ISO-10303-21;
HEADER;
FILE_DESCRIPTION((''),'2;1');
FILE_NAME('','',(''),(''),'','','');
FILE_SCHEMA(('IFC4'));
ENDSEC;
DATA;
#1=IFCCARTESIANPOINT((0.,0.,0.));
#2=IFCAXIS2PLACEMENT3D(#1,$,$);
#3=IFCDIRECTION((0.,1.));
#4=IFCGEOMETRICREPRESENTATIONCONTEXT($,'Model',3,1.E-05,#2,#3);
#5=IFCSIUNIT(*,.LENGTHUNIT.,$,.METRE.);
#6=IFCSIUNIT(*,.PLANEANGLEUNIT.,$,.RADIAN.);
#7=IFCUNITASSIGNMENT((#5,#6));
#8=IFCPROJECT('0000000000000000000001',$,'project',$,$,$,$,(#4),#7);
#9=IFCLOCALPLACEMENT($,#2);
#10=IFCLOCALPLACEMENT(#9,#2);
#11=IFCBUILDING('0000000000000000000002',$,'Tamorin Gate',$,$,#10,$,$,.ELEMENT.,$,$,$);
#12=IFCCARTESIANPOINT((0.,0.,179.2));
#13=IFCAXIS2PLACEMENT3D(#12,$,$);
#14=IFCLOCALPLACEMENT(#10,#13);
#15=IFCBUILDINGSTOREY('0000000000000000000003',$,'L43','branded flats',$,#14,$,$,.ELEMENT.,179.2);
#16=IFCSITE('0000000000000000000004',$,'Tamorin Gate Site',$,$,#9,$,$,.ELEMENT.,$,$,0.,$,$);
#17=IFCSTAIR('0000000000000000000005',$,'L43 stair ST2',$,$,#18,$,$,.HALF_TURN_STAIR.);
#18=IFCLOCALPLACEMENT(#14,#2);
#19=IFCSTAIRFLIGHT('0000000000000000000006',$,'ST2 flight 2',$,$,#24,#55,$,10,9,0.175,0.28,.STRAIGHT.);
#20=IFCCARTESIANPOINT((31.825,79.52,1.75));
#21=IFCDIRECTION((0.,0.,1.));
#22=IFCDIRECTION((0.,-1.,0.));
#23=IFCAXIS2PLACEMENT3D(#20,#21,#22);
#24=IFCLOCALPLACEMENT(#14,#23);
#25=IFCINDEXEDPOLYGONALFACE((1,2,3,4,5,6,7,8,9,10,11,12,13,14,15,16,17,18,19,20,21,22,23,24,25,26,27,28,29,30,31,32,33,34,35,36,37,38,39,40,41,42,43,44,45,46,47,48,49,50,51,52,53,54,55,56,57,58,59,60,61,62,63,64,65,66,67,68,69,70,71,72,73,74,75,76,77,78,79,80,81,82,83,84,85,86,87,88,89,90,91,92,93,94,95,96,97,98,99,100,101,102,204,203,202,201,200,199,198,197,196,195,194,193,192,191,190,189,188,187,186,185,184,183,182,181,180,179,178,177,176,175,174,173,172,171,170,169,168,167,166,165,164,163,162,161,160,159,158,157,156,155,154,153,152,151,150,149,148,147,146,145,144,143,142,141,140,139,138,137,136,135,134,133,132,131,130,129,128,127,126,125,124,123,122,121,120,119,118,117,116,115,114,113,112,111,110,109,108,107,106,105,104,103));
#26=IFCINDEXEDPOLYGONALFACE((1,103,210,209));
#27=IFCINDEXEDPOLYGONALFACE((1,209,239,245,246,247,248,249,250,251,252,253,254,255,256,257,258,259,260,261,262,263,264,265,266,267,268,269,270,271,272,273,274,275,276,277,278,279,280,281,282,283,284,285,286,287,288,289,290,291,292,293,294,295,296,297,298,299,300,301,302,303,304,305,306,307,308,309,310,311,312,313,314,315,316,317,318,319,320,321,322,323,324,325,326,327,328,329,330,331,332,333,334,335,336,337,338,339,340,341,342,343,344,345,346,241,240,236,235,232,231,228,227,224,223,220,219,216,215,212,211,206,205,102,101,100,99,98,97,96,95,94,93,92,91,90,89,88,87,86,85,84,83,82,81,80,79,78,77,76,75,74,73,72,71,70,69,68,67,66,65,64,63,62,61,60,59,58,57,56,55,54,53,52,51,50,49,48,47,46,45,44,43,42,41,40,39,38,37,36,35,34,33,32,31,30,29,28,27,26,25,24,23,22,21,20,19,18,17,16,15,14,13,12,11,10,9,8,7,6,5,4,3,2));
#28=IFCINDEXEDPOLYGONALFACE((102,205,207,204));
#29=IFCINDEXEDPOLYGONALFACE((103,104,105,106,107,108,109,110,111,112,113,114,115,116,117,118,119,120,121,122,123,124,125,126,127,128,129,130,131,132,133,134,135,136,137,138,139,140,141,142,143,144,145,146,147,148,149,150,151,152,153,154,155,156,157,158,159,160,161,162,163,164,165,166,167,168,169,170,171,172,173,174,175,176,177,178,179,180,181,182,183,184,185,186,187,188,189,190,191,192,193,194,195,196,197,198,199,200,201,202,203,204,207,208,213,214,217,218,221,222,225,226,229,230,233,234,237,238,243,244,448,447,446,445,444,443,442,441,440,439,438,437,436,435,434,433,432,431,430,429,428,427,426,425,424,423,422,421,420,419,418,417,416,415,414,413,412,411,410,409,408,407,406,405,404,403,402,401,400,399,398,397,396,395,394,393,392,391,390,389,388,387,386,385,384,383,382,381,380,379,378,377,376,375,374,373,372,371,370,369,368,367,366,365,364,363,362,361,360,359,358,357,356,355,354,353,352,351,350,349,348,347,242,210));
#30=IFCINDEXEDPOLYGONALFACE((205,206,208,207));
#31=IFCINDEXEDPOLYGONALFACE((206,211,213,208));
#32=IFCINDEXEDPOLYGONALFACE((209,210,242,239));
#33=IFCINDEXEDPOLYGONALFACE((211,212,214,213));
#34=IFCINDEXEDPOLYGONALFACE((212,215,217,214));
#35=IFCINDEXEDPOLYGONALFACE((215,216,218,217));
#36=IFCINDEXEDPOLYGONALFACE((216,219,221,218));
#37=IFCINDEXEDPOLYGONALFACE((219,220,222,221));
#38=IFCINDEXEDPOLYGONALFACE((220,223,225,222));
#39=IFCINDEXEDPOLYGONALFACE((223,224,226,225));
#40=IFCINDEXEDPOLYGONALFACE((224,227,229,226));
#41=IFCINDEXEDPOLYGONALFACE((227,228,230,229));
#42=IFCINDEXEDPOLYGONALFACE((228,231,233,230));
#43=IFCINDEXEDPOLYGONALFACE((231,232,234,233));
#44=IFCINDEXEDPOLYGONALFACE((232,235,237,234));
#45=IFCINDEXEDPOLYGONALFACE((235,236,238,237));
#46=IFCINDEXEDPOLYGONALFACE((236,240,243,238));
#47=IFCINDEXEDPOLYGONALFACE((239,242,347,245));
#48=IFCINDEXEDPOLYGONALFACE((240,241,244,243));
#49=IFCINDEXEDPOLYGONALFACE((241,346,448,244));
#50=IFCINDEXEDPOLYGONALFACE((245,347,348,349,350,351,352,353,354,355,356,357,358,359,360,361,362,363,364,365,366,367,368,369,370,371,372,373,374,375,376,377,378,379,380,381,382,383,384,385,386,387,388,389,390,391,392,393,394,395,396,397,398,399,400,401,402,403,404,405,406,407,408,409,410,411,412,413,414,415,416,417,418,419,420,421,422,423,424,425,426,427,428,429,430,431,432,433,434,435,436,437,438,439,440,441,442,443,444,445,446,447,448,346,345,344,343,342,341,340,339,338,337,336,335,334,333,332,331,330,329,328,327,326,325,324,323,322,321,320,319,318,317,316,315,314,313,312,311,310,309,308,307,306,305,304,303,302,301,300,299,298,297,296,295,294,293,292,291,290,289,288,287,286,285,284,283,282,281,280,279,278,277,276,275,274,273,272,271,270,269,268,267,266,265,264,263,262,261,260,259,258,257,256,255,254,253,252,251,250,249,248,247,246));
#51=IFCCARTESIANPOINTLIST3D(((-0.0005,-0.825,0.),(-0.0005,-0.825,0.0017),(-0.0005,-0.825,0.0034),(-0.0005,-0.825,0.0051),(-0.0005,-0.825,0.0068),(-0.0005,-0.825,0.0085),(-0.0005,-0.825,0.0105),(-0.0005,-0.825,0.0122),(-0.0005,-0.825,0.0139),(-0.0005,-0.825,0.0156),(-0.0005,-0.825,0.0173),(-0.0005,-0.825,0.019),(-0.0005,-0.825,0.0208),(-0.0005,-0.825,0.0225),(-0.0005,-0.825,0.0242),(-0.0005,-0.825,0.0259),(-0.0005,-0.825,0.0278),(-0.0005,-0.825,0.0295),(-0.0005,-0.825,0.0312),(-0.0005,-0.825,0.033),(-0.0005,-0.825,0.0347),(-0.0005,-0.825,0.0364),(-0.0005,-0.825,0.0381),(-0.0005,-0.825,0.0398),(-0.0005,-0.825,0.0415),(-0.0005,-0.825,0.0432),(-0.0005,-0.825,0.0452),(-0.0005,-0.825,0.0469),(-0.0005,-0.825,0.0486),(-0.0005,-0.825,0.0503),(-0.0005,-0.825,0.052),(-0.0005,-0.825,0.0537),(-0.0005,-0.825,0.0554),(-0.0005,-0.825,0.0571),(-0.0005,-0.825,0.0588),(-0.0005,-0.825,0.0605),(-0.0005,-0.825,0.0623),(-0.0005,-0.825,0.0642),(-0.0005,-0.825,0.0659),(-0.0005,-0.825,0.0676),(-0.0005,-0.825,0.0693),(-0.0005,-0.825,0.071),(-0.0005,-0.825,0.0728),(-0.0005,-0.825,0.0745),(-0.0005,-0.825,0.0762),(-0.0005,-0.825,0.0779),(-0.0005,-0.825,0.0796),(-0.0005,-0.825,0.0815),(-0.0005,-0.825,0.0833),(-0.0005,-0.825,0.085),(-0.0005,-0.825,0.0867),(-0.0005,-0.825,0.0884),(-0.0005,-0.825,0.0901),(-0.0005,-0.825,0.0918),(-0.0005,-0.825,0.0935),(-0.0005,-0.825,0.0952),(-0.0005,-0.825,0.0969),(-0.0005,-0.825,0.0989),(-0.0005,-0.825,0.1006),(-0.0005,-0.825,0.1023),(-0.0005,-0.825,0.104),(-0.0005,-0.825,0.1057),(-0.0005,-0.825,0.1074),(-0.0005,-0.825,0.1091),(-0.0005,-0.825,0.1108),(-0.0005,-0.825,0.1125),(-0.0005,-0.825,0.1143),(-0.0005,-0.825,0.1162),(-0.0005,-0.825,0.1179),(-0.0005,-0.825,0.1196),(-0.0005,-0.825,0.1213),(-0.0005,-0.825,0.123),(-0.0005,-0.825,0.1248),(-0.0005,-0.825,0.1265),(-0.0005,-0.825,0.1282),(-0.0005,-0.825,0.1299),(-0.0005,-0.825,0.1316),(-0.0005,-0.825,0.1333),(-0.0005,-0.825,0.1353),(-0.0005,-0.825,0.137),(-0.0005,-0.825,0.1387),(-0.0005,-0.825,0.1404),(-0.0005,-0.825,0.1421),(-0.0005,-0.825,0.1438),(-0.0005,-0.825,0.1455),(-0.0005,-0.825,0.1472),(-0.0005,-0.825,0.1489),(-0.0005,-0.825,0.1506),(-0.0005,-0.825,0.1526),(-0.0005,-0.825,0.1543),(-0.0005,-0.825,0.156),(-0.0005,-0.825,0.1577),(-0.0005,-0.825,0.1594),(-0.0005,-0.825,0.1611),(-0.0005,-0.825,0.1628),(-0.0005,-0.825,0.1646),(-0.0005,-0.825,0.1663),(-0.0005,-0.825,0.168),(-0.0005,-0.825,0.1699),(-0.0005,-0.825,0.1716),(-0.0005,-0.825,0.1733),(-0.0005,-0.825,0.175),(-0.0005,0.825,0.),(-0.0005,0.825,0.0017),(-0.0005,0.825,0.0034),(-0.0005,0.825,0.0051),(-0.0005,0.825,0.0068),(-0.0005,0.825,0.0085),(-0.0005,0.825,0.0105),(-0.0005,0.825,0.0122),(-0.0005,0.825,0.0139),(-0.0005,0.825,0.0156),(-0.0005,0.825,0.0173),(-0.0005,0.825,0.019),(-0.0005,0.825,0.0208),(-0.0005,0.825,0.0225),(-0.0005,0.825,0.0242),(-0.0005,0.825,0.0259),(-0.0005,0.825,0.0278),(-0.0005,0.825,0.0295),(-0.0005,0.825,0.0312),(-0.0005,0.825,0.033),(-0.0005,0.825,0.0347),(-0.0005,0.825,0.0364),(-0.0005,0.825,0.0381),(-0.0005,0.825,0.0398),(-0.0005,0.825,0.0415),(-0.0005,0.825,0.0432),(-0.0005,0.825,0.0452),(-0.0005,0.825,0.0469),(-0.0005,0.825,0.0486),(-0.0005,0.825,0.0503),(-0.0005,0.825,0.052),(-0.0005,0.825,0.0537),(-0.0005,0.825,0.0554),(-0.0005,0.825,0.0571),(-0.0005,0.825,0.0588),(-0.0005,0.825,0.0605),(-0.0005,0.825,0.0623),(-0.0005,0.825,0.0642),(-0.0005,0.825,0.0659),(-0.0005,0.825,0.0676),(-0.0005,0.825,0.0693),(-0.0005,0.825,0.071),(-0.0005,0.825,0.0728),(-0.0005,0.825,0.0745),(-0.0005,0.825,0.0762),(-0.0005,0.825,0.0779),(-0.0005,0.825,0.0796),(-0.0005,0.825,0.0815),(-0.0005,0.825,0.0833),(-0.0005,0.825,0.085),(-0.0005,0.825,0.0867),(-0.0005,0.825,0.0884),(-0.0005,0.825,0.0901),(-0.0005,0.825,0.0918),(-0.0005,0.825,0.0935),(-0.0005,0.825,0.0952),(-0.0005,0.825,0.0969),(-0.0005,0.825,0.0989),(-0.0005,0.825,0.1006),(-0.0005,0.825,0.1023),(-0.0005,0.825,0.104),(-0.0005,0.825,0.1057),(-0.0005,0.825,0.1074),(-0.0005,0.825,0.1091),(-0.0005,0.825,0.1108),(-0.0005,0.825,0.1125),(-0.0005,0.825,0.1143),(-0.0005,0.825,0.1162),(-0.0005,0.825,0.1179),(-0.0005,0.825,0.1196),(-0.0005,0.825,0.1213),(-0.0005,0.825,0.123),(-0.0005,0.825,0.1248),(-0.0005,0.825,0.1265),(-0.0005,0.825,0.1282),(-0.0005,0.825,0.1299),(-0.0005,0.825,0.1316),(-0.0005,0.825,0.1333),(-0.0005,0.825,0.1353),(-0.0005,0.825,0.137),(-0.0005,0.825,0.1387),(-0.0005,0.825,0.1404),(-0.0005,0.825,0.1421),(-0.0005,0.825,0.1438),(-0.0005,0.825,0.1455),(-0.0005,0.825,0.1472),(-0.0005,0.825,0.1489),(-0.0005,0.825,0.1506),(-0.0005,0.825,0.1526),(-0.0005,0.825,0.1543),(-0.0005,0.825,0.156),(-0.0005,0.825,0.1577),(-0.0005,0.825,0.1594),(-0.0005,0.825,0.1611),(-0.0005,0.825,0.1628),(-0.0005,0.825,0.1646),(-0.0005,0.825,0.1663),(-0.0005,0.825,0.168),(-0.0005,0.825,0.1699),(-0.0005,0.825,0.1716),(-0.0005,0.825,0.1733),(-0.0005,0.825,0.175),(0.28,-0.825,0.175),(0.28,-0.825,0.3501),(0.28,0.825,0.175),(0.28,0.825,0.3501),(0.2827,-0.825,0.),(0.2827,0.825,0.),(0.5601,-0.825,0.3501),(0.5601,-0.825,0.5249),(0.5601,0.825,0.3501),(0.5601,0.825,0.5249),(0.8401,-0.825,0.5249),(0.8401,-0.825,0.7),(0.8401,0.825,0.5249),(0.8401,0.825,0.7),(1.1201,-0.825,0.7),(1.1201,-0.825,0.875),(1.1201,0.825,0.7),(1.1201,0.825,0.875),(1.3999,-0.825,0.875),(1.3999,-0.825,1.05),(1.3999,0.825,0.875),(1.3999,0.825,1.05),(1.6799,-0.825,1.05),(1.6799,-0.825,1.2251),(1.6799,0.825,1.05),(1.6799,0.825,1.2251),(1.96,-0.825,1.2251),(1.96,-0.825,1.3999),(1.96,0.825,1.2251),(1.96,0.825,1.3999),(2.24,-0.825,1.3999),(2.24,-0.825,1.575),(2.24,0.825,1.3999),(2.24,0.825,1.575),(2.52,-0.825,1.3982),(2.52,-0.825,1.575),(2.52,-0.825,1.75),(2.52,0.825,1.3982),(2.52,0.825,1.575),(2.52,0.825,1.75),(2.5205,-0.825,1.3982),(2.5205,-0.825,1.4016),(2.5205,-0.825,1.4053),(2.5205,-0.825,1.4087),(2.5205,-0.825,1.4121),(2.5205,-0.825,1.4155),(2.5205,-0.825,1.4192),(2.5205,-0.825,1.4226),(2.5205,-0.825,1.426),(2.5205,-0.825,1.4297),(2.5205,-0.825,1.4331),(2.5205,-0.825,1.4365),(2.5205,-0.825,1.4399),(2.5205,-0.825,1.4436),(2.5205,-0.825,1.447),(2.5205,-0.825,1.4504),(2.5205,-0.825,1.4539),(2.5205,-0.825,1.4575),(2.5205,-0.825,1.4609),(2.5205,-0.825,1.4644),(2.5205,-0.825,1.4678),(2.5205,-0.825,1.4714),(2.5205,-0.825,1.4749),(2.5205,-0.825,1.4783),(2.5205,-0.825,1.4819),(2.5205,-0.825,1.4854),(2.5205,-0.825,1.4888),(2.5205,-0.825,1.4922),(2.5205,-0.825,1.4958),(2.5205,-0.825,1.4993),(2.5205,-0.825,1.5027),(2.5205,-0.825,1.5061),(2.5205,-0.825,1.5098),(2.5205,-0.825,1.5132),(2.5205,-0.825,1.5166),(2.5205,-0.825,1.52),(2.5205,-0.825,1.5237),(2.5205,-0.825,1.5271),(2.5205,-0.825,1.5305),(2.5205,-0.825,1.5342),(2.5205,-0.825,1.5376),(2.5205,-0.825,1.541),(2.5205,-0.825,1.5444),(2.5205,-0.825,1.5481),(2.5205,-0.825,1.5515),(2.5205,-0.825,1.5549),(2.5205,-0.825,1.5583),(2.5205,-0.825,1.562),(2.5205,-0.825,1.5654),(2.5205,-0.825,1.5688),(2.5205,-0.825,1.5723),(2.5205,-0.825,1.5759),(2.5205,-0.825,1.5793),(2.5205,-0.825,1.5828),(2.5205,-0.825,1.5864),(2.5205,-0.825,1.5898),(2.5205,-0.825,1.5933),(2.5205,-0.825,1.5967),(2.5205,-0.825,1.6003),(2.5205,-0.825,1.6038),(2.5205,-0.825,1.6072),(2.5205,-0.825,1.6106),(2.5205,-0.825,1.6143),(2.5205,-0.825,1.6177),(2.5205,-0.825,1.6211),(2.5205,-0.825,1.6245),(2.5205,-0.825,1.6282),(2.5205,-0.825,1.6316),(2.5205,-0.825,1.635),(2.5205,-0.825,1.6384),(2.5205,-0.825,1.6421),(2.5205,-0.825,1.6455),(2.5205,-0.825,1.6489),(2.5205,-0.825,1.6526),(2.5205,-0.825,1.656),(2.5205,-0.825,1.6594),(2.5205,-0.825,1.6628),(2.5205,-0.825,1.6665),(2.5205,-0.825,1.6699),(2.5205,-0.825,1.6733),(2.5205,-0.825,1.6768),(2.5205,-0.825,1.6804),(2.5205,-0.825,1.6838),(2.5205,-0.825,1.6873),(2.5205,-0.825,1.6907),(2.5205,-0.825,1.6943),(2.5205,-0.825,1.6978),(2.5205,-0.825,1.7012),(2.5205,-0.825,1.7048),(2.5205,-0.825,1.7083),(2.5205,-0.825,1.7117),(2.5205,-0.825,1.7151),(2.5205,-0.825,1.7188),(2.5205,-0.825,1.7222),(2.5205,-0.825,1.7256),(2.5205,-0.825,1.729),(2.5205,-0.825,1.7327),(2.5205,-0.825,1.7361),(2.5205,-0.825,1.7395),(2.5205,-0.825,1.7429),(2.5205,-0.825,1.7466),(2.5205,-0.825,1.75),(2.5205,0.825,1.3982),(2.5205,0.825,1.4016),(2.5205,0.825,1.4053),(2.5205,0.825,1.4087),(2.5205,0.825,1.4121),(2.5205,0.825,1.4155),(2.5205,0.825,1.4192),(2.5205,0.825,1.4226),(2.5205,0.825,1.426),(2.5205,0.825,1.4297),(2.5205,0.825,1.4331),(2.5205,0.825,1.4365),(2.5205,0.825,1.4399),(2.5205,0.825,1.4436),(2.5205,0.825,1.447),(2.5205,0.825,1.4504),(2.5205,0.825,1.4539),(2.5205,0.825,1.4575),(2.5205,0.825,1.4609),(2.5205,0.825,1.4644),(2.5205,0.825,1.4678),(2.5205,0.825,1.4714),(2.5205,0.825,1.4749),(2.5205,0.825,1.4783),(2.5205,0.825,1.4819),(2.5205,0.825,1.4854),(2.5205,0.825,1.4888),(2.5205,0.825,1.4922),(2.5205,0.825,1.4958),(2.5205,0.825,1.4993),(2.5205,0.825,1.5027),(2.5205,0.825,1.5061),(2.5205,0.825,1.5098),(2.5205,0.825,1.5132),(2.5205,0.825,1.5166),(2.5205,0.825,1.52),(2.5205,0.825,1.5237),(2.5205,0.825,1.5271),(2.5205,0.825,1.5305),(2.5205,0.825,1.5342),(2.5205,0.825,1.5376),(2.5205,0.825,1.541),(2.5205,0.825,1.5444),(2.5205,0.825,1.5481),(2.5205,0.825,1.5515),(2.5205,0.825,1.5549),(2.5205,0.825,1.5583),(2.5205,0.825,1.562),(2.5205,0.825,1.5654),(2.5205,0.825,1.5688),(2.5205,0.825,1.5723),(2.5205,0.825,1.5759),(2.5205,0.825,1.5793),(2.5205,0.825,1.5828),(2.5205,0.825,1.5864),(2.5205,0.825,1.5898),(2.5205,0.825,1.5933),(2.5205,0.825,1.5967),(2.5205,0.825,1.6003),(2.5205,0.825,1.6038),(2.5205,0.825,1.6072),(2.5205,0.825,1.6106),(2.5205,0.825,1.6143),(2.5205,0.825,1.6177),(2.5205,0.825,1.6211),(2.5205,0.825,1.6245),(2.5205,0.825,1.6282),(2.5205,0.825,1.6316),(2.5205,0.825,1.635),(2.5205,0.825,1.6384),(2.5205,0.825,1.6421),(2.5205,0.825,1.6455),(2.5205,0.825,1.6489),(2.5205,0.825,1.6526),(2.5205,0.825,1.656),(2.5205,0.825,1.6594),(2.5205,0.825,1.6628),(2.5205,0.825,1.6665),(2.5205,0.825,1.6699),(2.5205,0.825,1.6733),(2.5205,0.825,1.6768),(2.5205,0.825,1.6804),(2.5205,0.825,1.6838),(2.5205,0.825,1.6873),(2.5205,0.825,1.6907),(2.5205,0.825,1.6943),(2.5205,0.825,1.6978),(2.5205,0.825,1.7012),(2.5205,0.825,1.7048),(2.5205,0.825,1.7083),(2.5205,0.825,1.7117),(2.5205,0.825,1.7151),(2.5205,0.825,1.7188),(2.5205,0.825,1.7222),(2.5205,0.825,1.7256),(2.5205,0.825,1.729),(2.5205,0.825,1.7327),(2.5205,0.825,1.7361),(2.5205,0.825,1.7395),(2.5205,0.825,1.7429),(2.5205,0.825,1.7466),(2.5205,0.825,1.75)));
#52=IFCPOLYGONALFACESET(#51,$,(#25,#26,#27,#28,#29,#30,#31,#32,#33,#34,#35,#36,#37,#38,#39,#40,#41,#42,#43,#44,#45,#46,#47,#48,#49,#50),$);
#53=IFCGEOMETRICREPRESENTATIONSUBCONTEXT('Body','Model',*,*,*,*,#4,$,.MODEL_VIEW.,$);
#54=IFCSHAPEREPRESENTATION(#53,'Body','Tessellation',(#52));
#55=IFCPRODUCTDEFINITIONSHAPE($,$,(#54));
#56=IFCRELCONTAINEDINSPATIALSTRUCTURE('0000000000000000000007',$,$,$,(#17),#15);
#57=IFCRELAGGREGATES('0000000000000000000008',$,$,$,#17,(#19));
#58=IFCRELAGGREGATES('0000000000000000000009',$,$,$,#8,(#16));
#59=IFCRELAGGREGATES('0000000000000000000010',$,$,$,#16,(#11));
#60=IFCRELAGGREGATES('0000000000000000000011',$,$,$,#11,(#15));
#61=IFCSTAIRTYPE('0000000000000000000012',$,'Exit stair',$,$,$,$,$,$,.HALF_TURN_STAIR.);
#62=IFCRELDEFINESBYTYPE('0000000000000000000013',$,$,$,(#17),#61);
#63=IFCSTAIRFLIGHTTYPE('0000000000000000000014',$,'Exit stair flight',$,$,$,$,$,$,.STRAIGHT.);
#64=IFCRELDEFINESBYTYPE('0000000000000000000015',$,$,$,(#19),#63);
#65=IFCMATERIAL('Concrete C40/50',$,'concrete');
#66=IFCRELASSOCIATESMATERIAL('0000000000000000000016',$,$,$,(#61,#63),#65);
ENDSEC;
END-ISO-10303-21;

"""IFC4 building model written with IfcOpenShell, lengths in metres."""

from ifc_helpers import new_model, si_unit, direction, frame, origin, place, context, subcontext, project, spatial, polyline, outline, extrude, material, type_object, element, aggregate, save


model = new_model("IFC4")

# Units and contexts
model_context = context("Model", 3, precision=1e-05, world=origin(), true_north=direction((0.0, 1.0)))
body_context = subcontext(model_context, "Body", "Model", "MODEL_VIEW")
ifc_project = project(units=[si_unit("LENGTHUNIT", "METRE"), si_unit("PLANEANGLEUNIT", "RADIAN")], contexts=[model_context])

# Site, building, storey
site_placement = place(None, origin())
site = spatial("IfcSite", under=ifc_project, at=site_placement, Name="Tamorin Gate Site", CompositionType="ELEMENT", RefElevation=0.0)
building_placement = place(site_placement, origin())
building = spatial("IfcBuilding", under=site, at=building_placement, Name="Tamorin Gate", CompositionType="ELEMENT")
storey_placement = place(building_placement, frame((0.0, 0.0, 179.2)))
storey = spatial("IfcBuildingStorey", under=building, at=storey_placement, Name="L43", Description="branded flats", CompositionType="ELEMENT", Elevation=179.2)

# Stair, stair flight
ifc_material_1 = material(Name="Concrete C40/50", Category="concrete")
stair_type = type_object("IfcStairType", Name="Exit stair", PredefinedType="HALF_TURN_STAIR", material=ifc_material_1)
stair_placement = place(storey_placement, origin())
stair = element("IfcStair", 1, at=stair_placement, inside=storey, type_object=stair_type, Name="L43 stair ST2", PredefinedType="HALF_TURN_STAIR")
stair_flight_type = type_object("IfcStairFlightType", Name="Exit stair flight", PredefinedType="STRAIGHT", material=ifc_material_1)
stair_flight_placement = place(storey_placement, frame((31.825, 79.52, 1.75), z_axis=(0.0, 0.0, 1.0), x_axis=(0.0, -1.0, 0.0)))
stair_flight = element("IfcStairFlight", 2, at=stair_flight_placement, type_object=stair_flight_type, Name="ST2 flight 2", NumberOfRisers=10, NumberOfTreads=9, PredefinedType="STRAIGHT", RiserHeight=0.175, TreadLength=0.28, context=body_context, shape_type="SweptSolid", body=[
    extrude(outline(polyline([(-0.0005, 0.0), (-0.0005, 0.0017), (-0.0005, 0.0034), (-0.0005, 0.0051), (-0.0005, 0.0068), (-0.0005, 0.0085), (-0.0005, 0.0105), (-0.0005, 0.0122), (-0.0005, 0.0139), (-0.0005, 0.0156), (-0.0005, 0.0173), (-0.0005, 0.019), (-0.0005, 0.0208), (-0.0005, 0.0225), (-0.0005, 0.0242), (-0.0005, 0.0259), (-0.0005, 0.0278), (-0.0005, 0.0295), (-0.0005, 0.0312), (-0.0005, 0.033), (-0.0005, 0.0347), (-0.0005, 0.0364), (-0.0005, 0.0381), (-0.0005, 0.0398), (-0.0005, 0.0415), (-0.0005, 0.0432), (-0.0005, 0.0452), (-0.0005, 0.0469), (-0.0005, 0.0486), (-0.0005, 0.0503), (-0.0005, 0.052), (-0.0005, 0.0537), (-0.0005, 0.0554), (-0.0005, 0.0571), (-0.0005, 0.0588), (-0.0005, 0.0605), (-0.0005, 0.0623), (-0.0005, 0.0642), (-0.0005, 0.0659), (-0.0005, 0.0676), (-0.0005, 0.0693), (-0.0005, 0.071), (-0.0005, 0.0728), (-0.0005, 0.0745), (-0.0005, 0.0762), (-0.0005, 0.0779), (-0.0005, 0.0796), (-0.0005, 0.0815), (-0.0005, 0.0833), (-0.0005, 0.085), (-0.0005, 0.0867), (-0.0005, 0.0884), (-0.0005, 0.0901), (-0.0005, 0.0918), (-0.0005, 0.0935), (-0.0005, 0.0952), (-0.0005, 0.0969), (-0.0005, 0.0989), (-0.0005, 0.1006), (-0.0005, 0.1023), (-0.0005, 0.104), (-0.0005, 0.1057), (-0.0005, 0.1074), (-0.0005, 0.1091), (-0.0005, 0.1108), (-0.0005, 0.1125), (-0.0005, 0.1143), (-0.0005, 0.1162), (-0.0005, 0.1179), (-0.0005, 0.1196), (-0.0005, 0.1213), (-0.0005, 0.123), (-0.0005, 0.1248), (-0.0005, 0.1265), (-0.0005, 0.1282), (-0.0005, 0.1299), (-0.0005, 0.1316), (-0.0005, 0.1333), (-0.0005, 0.1353), (-0.0005, 0.137), (-0.0005, 0.1387), (-0.0005, 0.1404), (-0.0005, 0.1421), (-0.0005, 0.1438), (-0.0005, 0.1455), (-0.0005, 0.1472), (-0.0005, 0.1489), (-0.0005, 0.1506), (-0.0005, 0.1526), (-0.0005, 0.1543), (-0.0005, 0.156), (-0.0005, 0.1577), (-0.0005, 0.1594), (-0.0005, 0.1611), (-0.0005, 0.1628), (-0.0005, 0.1646), (-0.0005, 0.1663), (-0.0005, 0.168), (-0.0005, 0.1699), (-0.0005, 0.1716), (-0.0005, 0.1733), (-0.0005, 0.175), (0.28, 0.175), (0.28, 0.3501), (0.5601, 0.3501), (0.5601, 0.5249), (0.8401, 0.5249), (0.8401, 0.7), (1.1201, 0.7), (1.1201, 0.875), (1.3999, 0.875), (1.3999, 1.05), (1.6799, 1.05), (1.6799, 1.2251), (1.96, 1.2251), (1.96, 1.3999), (2.24, 1.3999), (2.24, 1.575), (2.52, 1.575), (2.52, 1.75), (2.5205, 1.75), (2.5205, 1.7466), (2.5205, 1.7429), (2.5205, 1.7395), (2.5205, 1.7361), (2.5205, 1.7327), (2.5205, 1.729), (2.5205, 1.7256), (2.5205, 1.7222), (2.5205, 1.7188), (2.5205, 1.7151), (2.5205, 1.7117), (2.5205, 1.7083), (2.5205, 1.7048), (2.5205, 1.7012), (2.5205, 1.6978), (2.5205, 1.6943), (2.5205, 1.6907), (2.5205, 1.6873), (2.5205, 1.6838), (2.5205, 1.6804), (2.5205, 1.6768), (2.5205, 1.6733), (2.5205, 1.6699), (2.5205, 1.6665), (2.5205, 1.6628), (2.5205, 1.6594), (2.5205, 1.656), (2.5205, 1.6526), (2.5205, 1.6489), (2.5205, 1.6455), (2.5205, 1.6421), (2.5205, 1.6384), (2.5205, 1.635), (2.5205, 1.6316), (2.5205, 1.6282), (2.5205, 1.6245), (2.5205, 1.6211), (2.5205, 1.6177), (2.5205, 1.6143), (2.5205, 1.6106), (2.5205, 1.6072), (2.5205, 1.6038), (2.5205, 1.6003), (2.5205, 1.5967), (2.5205, 1.5933), (2.5205, 1.5898), (2.5205, 1.5864), (2.5205, 1.5828), (2.5205, 1.5793), (2.5205, 1.5759), (2.5205, 1.5723), (2.5205, 1.5688), (2.5205, 1.5654), (2.5205, 1.562), (2.5205, 1.5583), (2.5205, 1.5549), (2.5205, 1.5515), (2.5205, 1.5481), (2.5205, 1.5444), (2.5205, 1.541), (2.5205, 1.5376), (2.5205, 1.5342), (2.5205, 1.5305), (2.5205, 1.5271), (2.5205, 1.5237), (2.5205, 1.52), (2.5205, 1.5166), (2.5205, 1.5132), (2.5205, 1.5098), (2.5205, 1.5061), (2.5205, 1.5027), (2.5205, 1.4993), (2.5205, 1.4958), (2.5205, 1.4922), (2.5205, 1.4888), (2.5205, 1.4854), (2.5205, 1.4819), (2.5205, 1.4783), (2.5205, 1.4749), (2.5205, 1.4714), (2.5205, 1.4678), (2.5205, 1.4644), (2.5205, 1.4609), (2.5205, 1.4575), (2.5205, 1.4539), (2.5205, 1.4504), (2.5205, 1.447), (2.5205, 1.4436), (2.5205, 1.4399), (2.5205, 1.4365), (2.5205, 1.4331), (2.5205, 1.4297), (2.5205, 1.426), (2.5205, 1.4226), (2.5205, 1.4192), (2.5205, 1.4155), (2.5205, 1.4121), (2.5205, 1.4087), (2.5205, 1.4053), (2.5205, 1.4016), (2.5205, 1.3982), (2.52, 1.3982), (0.2827, 0.0), (-0.0005, 0.0)])), frame((0.0, 0.825, 0.0), z_axis=(0.0, -1.0, 0.0), x_axis=(1.0, 0.0, 0.0)), (0.0, 0.0, 1.0), 1.6499),
])
aggregate(stair, [stair_flight])

save(model, "model.ifc")
